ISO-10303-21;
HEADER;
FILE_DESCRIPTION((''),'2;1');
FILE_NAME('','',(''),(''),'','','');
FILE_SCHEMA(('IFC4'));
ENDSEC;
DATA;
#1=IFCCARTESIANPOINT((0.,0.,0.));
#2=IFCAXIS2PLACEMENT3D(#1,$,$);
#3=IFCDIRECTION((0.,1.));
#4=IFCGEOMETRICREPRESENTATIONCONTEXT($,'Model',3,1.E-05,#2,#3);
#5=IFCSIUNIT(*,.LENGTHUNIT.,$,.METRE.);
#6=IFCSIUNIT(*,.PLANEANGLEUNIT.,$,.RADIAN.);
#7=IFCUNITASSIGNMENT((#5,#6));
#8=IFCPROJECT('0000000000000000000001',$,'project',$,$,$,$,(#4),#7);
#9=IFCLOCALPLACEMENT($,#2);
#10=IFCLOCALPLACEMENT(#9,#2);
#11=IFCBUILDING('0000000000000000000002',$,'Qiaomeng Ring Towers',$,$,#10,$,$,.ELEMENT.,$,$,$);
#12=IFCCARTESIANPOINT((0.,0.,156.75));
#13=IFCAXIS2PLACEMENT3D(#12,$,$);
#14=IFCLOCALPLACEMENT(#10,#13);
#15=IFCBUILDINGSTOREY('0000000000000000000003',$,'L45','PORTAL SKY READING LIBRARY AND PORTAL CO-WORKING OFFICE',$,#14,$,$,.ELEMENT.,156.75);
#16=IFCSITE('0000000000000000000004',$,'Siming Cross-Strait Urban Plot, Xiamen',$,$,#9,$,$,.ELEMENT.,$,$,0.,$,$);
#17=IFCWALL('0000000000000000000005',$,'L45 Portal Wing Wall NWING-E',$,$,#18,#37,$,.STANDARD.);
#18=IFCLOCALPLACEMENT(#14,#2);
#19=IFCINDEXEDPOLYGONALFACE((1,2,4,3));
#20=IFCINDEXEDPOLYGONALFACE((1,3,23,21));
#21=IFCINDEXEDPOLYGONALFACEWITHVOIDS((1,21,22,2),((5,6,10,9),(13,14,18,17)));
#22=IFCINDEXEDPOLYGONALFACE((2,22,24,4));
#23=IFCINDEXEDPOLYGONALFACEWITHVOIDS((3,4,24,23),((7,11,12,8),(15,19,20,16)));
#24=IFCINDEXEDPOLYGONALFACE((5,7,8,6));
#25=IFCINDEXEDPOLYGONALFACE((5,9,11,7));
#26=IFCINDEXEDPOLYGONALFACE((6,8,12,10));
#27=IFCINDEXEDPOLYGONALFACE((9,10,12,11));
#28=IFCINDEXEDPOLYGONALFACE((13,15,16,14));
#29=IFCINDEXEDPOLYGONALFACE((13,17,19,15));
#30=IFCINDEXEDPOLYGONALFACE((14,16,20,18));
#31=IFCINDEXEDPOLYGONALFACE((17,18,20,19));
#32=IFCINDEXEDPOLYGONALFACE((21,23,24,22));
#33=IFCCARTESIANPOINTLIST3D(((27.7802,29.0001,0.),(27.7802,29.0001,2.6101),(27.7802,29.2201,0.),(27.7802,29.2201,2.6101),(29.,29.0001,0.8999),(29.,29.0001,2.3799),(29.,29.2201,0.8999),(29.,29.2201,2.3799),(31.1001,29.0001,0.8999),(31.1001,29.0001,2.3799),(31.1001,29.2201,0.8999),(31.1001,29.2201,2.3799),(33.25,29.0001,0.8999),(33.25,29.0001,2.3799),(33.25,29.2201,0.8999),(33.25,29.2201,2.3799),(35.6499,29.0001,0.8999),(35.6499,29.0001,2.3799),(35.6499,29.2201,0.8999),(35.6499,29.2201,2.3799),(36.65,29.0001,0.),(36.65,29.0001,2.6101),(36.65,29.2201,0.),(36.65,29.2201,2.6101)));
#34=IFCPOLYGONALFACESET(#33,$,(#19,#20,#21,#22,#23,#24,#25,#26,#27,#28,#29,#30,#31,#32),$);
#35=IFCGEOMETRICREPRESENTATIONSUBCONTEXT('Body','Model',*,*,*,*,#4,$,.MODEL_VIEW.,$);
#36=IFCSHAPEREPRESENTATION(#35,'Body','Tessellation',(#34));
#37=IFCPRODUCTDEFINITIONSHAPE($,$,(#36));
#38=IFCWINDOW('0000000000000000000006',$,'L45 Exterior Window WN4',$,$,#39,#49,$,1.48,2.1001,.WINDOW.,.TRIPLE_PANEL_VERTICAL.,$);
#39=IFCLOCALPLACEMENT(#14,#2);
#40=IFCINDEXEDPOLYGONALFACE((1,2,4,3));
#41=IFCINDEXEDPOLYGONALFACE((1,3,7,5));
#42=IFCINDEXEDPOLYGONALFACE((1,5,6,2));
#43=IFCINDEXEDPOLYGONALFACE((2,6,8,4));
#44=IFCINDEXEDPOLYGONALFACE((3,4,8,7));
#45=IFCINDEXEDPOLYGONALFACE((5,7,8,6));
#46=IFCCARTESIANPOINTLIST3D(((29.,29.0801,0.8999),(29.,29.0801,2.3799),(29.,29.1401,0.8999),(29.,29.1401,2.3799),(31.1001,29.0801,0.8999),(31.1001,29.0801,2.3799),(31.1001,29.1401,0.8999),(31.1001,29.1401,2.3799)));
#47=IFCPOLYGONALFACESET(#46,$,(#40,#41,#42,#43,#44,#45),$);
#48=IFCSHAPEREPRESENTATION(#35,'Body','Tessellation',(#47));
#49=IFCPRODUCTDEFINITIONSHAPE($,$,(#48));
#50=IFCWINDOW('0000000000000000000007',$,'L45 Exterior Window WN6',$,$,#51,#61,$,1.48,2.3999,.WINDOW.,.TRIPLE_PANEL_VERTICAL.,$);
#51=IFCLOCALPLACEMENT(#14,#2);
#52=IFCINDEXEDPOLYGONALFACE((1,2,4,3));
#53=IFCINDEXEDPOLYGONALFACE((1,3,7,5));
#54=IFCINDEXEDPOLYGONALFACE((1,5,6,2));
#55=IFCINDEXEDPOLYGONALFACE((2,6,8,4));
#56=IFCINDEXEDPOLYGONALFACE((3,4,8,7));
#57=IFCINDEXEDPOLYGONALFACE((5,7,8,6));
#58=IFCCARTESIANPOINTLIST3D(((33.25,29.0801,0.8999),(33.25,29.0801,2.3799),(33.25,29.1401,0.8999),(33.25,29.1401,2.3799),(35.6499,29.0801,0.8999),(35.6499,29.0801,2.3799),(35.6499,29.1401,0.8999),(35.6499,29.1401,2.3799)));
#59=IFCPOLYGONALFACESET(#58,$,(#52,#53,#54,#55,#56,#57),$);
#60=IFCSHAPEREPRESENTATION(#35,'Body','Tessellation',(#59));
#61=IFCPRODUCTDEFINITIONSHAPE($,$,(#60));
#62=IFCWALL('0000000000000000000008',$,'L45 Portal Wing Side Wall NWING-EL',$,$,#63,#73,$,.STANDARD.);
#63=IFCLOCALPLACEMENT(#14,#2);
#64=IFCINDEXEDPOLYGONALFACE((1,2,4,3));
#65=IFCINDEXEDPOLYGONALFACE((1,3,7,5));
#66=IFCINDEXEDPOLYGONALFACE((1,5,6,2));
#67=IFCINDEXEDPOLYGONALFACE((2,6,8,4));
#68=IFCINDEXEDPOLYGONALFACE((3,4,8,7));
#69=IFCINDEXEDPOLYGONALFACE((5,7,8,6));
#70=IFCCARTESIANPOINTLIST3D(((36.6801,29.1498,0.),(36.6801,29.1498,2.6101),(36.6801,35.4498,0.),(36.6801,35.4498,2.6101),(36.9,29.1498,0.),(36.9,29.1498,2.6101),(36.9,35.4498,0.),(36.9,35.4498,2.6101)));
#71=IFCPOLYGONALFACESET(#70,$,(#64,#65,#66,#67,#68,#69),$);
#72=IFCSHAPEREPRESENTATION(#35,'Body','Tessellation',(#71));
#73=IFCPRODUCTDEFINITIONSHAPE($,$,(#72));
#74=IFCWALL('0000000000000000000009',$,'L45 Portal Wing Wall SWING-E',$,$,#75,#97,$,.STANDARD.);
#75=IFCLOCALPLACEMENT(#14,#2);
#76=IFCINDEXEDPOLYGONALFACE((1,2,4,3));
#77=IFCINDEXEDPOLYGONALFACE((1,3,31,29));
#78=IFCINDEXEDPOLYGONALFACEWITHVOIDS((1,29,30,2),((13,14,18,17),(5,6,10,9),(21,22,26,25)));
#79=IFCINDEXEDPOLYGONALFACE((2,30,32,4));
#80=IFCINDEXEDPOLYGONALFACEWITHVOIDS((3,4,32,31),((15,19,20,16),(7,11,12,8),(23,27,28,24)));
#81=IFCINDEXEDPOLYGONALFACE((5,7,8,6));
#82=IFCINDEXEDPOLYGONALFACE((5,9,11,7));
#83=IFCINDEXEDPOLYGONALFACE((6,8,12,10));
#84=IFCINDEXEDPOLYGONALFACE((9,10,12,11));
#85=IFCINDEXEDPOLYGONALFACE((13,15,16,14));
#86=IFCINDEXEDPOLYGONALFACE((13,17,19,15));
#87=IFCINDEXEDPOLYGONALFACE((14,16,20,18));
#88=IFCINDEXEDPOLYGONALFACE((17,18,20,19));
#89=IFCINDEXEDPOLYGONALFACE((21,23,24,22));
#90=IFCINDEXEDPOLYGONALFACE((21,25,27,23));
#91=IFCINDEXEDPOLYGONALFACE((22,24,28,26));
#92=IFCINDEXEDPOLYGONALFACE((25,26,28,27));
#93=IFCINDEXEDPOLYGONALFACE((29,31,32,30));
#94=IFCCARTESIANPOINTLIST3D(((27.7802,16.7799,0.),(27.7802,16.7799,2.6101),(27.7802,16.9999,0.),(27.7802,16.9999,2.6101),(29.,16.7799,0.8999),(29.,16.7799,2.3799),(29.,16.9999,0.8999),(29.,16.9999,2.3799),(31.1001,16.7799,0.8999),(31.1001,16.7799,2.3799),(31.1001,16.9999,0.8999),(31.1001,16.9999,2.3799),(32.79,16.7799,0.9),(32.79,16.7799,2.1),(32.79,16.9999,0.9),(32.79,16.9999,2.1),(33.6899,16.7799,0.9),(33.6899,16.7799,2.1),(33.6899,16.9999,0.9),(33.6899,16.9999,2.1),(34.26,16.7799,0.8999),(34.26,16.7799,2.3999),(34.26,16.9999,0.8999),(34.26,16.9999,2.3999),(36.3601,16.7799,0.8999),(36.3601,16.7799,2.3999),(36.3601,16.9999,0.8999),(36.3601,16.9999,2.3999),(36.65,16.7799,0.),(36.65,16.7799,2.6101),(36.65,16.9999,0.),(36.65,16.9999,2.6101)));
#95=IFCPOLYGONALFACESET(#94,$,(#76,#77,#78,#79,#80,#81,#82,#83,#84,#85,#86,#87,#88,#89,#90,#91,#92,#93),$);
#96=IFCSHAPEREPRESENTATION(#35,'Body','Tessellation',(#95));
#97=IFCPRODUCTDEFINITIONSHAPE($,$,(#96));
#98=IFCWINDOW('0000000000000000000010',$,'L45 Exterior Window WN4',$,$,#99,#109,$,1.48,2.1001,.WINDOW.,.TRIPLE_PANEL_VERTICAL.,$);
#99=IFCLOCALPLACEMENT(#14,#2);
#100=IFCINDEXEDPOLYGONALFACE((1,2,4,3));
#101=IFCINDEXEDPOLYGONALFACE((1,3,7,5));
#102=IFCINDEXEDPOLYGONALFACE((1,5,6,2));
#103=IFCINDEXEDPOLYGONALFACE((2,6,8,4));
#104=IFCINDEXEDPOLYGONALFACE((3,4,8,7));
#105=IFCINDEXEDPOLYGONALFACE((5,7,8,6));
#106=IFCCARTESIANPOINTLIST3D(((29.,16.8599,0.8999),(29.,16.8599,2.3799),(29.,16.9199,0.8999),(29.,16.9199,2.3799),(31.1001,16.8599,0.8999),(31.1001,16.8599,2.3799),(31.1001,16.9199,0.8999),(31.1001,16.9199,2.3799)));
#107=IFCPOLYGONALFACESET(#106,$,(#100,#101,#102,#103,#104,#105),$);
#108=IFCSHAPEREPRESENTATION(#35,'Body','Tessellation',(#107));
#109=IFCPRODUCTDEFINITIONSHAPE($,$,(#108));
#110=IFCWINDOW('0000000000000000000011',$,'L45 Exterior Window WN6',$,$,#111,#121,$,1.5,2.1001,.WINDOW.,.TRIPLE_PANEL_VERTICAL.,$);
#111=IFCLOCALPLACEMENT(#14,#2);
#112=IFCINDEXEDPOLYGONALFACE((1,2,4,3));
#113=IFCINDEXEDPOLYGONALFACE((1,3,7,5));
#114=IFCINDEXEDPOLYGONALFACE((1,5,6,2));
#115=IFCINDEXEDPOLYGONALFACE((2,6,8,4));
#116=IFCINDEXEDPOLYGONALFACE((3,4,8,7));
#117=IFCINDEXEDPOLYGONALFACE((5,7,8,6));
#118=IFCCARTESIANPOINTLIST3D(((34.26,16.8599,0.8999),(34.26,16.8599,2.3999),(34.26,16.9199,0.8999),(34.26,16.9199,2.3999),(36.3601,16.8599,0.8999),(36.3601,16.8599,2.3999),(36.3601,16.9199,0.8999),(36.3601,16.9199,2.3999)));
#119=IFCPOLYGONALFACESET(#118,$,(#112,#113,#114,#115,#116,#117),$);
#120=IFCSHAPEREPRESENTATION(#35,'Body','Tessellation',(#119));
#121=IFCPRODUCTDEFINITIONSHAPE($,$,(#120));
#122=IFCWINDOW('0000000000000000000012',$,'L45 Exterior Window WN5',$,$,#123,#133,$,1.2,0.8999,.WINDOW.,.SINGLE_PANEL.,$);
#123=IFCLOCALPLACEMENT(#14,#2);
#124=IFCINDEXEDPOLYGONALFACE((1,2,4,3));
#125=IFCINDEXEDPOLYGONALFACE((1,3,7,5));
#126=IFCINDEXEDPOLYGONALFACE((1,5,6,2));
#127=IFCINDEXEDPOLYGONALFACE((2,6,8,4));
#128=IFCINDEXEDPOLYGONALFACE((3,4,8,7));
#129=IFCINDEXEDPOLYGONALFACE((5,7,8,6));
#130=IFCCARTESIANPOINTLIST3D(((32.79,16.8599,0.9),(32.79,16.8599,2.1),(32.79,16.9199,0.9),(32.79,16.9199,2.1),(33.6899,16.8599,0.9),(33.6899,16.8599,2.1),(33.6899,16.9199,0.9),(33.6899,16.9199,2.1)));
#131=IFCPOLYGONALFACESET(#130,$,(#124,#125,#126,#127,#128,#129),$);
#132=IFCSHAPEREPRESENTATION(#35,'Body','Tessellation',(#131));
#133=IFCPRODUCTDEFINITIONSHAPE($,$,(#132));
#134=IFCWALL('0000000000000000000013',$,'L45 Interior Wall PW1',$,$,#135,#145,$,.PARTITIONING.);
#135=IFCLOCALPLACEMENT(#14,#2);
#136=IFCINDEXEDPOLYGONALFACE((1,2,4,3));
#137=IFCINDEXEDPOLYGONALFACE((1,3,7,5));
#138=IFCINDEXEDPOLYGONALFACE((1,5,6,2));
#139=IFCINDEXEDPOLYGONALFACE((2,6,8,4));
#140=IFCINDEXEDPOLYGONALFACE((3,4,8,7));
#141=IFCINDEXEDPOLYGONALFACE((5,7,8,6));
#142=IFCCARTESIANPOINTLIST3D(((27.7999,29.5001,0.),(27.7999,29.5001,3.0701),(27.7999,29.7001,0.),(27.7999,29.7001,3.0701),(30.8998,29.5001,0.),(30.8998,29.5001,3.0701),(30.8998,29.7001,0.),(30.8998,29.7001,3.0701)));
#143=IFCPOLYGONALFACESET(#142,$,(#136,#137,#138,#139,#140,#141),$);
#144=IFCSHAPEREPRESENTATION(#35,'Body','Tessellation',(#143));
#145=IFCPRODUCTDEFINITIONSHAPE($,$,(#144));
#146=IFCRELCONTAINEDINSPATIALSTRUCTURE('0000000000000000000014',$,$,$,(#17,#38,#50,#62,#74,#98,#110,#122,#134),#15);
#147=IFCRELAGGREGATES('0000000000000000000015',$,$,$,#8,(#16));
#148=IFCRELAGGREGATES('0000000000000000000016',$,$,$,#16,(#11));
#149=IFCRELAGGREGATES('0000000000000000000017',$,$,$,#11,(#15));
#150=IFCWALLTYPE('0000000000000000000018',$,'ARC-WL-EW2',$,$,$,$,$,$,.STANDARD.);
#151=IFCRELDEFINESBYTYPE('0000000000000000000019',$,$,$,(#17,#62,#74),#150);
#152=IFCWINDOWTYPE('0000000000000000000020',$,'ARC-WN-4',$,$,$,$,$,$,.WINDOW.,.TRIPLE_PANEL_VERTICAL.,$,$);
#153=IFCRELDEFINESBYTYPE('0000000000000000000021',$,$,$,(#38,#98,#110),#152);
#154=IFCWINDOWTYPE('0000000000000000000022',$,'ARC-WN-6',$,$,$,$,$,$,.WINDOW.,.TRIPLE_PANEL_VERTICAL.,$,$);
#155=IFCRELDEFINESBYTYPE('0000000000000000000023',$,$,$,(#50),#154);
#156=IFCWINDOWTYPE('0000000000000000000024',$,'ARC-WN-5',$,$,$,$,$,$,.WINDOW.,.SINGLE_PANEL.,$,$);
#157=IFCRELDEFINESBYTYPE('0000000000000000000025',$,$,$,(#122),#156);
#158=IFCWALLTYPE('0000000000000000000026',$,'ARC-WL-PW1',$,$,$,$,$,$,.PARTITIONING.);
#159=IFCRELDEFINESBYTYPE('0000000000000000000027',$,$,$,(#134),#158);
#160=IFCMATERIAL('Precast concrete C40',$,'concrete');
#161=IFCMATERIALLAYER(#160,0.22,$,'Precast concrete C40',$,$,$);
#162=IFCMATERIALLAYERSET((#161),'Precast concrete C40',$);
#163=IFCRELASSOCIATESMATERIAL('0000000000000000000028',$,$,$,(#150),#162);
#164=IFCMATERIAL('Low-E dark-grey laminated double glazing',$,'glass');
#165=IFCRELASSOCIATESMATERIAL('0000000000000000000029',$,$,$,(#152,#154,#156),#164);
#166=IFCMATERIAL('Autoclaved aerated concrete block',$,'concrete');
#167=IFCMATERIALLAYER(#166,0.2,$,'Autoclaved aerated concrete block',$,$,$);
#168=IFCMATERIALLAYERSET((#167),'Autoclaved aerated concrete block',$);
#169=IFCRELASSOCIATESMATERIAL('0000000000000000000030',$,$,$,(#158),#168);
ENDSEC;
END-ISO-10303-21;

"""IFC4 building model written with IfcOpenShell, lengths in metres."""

from ifc_helpers import new_model, si_unit, direction, frame, frame_2d, origin, place, context, subcontext, project, spatial, rectangle, extrude, source, transform, mapped, material, layer, layer_set, type_object, element, fill, save


model = new_model("IFC4")

# Units and contexts
model_context = context("Model", 3, precision=1e-05, world=origin(), true_north=direction((0.0, 1.0)))
body_context = subcontext(model_context, "Body", "Model", "MODEL_VIEW")
ifc_project = project(units=[si_unit("LENGTHUNIT", "METRE"), si_unit("PLANEANGLEUNIT", "RADIAN")], contexts=[model_context])

# Site, building, storey
site_placement = place(None, origin())
site = spatial("IfcSite", under=ifc_project, at=site_placement, Name="Siming Cross-Strait Urban Plot, Xiamen", CompositionType="ELEMENT", RefElevation=0.0)
building_placement = place(site_placement, origin())
building = spatial("IfcBuilding", under=site, at=building_placement, Name="Qiaomeng Ring Towers", CompositionType="ELEMENT")
storey_placement = place(building_placement, frame((0.0, 0.0, 156.75)))
storey = spatial("IfcBuildingStorey", under=building, at=storey_placement, Name="L45", Description="PORTAL SKY READING LIBRARY AND PORTAL CO-WORKING OFFICE", CompositionType="ELEMENT", Elevation=156.75)

# Wall, openings, windows
ifc_material_1 = material(Name="Precast concrete C40", Category="concrete")
ifc_layer_1 = layer(ifc_material_1, 0.22, Name="Precast concrete C40")
ifc_layer_set_1 = layer_set([ifc_layer_1], Name="Precast concrete C40")
wall_type_1 = type_object("IfcWallType", Name="ARC-WL-EW2", PredefinedType="STANDARD", material=ifc_layer_set_1)
wall_1_placement = place(storey_placement, frame((27.78, 29.1101, 0.0), z_axis=(0.0, 0.0, 1.0), x_axis=(1.0, 0.0, 0.0)))
wall_1 = element("IfcWall", 1, at=wall_1_placement, inside=storey, type_object=wall_type_1, Name="L45 Portal Wing Wall NWING-E", PredefinedType="STANDARD", context=body_context, shape_type="SweptSolid", body=[
    extrude(rectangle(XDim=8.8699, YDim=0.22, at=frame_2d((4.4351, 0.0))), origin(), (0.0, 0.0, 1.0), 2.6101),
])
opening_1_placement = place(wall_1_placement, frame((1.22, 0.0, 0.8999)))
opening_1 = element("IfcOpeningElement", 2, at=opening_1_placement, cuts=wall_1, PredefinedType="OPENING", context=body_context, shape_type="SweptSolid", body=[
    extrude(rectangle(XDim=2.1001, YDim=1.48, at=frame_2d((1.05, 0.74))), frame((0.0, 0.1199, 0.0), z_axis=(0.0, -1.0, 0.0), x_axis=(1.0, 0.0, 0.0)), (0.0, 0.0, 1.0), 0.24),
])
opening_2_placement = place(wall_1_placement, frame((5.47, 0.0, 0.8999)))
opening_2 = element("IfcOpeningElement", 3, at=opening_2_placement, cuts=wall_1, PredefinedType="OPENING", context=body_context, shape_type="SweptSolid", body=[
    extrude(rectangle(XDim=2.3999, YDim=1.48, at=frame_2d((1.2, 0.74))), frame((0.0, 0.1199, 0.0), z_axis=(0.0, -1.0, 0.0), x_axis=(1.0, 0.0, 0.0)), (0.0, 0.0, 1.0), 0.24),
])
ifc_material_2 = material(Name="Low-E dark-grey laminated double glazing", Category="glass")
window_type_1 = type_object("IfcWindowType", Name="ARC-WN-4", PartitioningType="TRIPLE_PANEL_VERTICAL", PredefinedType="WINDOW", material=ifc_material_2)
shared_shape_1 = source(origin(), body_context, "Body", "SweptSolid", [
    extrude(rectangle(XDim=2.1001, YDim=1.48, at=frame_2d((1.05, 0.74))), frame((0.0, 0.03, 0.0), z_axis=(0.0, -1.0, 0.0), x_axis=(1.0, 0.0, 0.0)), (0.0, 0.0, 1.0), 0.0601),
])
window_1_placement = place(opening_1_placement, origin())
window_1 = element("IfcWindow", 4, at=window_1_placement, inside=storey, type_object=window_type_1, Name="L45 Exterior Window WN4", OverallHeight=1.48, OverallWidth=2.1001, PartitioningType="TRIPLE_PANEL_VERTICAL", PredefinedType="WINDOW", context=body_context, shape_type="MappedRepresentation", body=[
    mapped(shared_shape_1, transform((0.0, 0.0, 0.0), x_axis=(1.0, 0.0, 0.0), y_axis=(0.0, 1.0, 0.0), z_axis=(0.0, 0.0, 1.0), scale=1.0)),
])
fill(opening_1, window_1)
window_type_2 = type_object("IfcWindowType", Name="ARC-WN-6", PartitioningType="TRIPLE_PANEL_VERTICAL", PredefinedType="WINDOW", material=ifc_material_2)
shared_shape_2 = source(origin(), body_context, "Body", "SweptSolid", [
    extrude(rectangle(XDim=2.3999, YDim=1.48, at=frame_2d((1.2, 0.74))), frame((0.0, 0.03, 0.0), z_axis=(0.0, -1.0, 0.0), x_axis=(1.0, 0.0, 0.0)), (0.0, 0.0, 1.0), 0.0601),
])
window_2_placement = place(opening_2_placement, origin())
window_2 = element("IfcWindow", 5, at=window_2_placement, inside=storey, type_object=window_type_2, Name="L45 Exterior Window WN6", OverallHeight=1.48, OverallWidth=2.3999, PartitioningType="TRIPLE_PANEL_VERTICAL", PredefinedType="WINDOW", context=body_context, shape_type="MappedRepresentation", body=[
    mapped(shared_shape_2, transform((0.0, 0.0, 0.0), x_axis=(1.0, 0.0, 0.0), y_axis=(0.0, 1.0, 0.0), z_axis=(0.0, 0.0, 1.0), scale=1.0)),
])
fill(opening_2, window_2)

# Wall
wall_2_placement = place(storey_placement, frame((36.79, 29.1499, 0.0), z_axis=(0.0, 0.0, 1.0), x_axis=(0.0, 1.0, 0.0)))
element("IfcWall", 6, at=wall_2_placement, inside=storey, type_object=wall_type_1, Name="L45 Portal Wing Side Wall NWING-EL", PredefinedType="STANDARD", context=body_context, shape_type="SweptSolid", body=[
    extrude(rectangle(XDim=6.3, YDim=0.22, at=frame_2d((3.1499, 0.0))), origin(), (0.0, 0.0, 1.0), 2.6101),
])

# Wall, openings, windows
wall_3_placement = place(storey_placement, frame((27.78, 16.8899, 0.0), z_axis=(0.0, 0.0, 1.0), x_axis=(1.0, 0.0, 0.0)))
wall_3 = element("IfcWall", 7, at=wall_3_placement, inside=storey, type_object=wall_type_1, Name="L45 Portal Wing Wall SWING-E", PredefinedType="STANDARD", context=body_context, shape_type="SweptSolid", body=[
    extrude(rectangle(XDim=8.8699, YDim=0.22, at=frame_2d((4.4351, 0.0))), origin(), (0.0, 0.0, 1.0), 2.6101),
])
opening_3_placement = place(wall_3_placement, frame((1.22, 0.0, 0.8999)))
opening_3 = element("IfcOpeningElement", 8, at=opening_3_placement, cuts=wall_3, PredefinedType="OPENING", context=body_context, shape_type="SweptSolid", body=[
    extrude(rectangle(XDim=2.1001, YDim=1.48, at=frame_2d((1.05, 0.74))), frame((0.0, 0.1199, 0.0), z_axis=(0.0, -1.0, 0.0), x_axis=(1.0, 0.0, 0.0)), (0.0, 0.0, 1.0), 0.24),
])
opening_4_placement = place(wall_3_placement, frame((6.48, 0.0, 0.8999)))
opening_4 = element("IfcOpeningElement", 9, at=opening_4_placement, cuts=wall_3, PredefinedType="OPENING", context=body_context, shape_type="SweptSolid", body=[
    extrude(rectangle(XDim=2.1001, YDim=1.5, at=frame_2d((1.05, 0.75))), frame((0.0, 0.1199, 0.0), z_axis=(0.0, -1.0, 0.0), x_axis=(1.0, 0.0, 0.0)), (0.0, 0.0, 1.0), 0.24),
])
opening_5_placement = place(wall_3_placement, frame((5.01, 0.0, 0.8999)))
opening_5 = element("IfcOpeningElement", 10, at=opening_5_placement, cuts=wall_3, PredefinedType="OPENING", context=body_context, shape_type="SweptSolid", body=[
    extrude(rectangle(XDim=0.8999, YDim=1.2, at=frame_2d((0.45, 0.6001))), frame((0.0, 0.1199, 0.0), z_axis=(0.0, -1.0, 0.0), x_axis=(1.0, 0.0, 0.0)), (0.0, 0.0, 1.0), 0.24),
])
window_3_placement = place(opening_3_placement, origin())
window_3 = element("IfcWindow", 11, at=window_3_placement, inside=storey, type_object=window_type_1, Name="L45 Exterior Window WN4", OverallHeight=1.48, OverallWidth=2.1001, PartitioningType="TRIPLE_PANEL_VERTICAL", PredefinedType="WINDOW", context=body_context, shape_type="MappedRepresentation", body=[
    mapped(shared_shape_1, transform((0.0, 0.0, 0.0), x_axis=(1.0, 0.0, 0.0), y_axis=(0.0, 1.0, 0.0), z_axis=(0.0, 0.0, 1.0), scale=1.0)),
])
fill(opening_3, window_3)
shared_shape_3 = source(origin(), body_context, "Body", "SweptSolid", [
    extrude(rectangle(XDim=2.1001, YDim=1.5, at=frame_2d((1.05, 0.75))), frame((0.0, 0.03, 0.0), z_axis=(0.0, -1.0, 0.0), x_axis=(1.0, 0.0, 0.0)), (0.0, 0.0, 1.0), 0.0601),
])
window_4_placement = place(opening_4_placement, origin())
window_4 = element("IfcWindow", 12, at=window_4_placement, inside=storey, type_object=window_type_1, Name="L45 Exterior Window WN6", OverallHeight=1.5, OverallWidth=2.1001, PartitioningType="TRIPLE_PANEL_VERTICAL", PredefinedType="WINDOW", context=body_context, shape_type="MappedRepresentation", body=[
    mapped(shared_shape_3, transform((0.0, 0.0, 0.0), x_axis=(1.0, 0.0, 0.0), y_axis=(0.0, 1.0, 0.0), z_axis=(0.0, 0.0, 1.0), scale=1.0)),
])
fill(opening_4, window_4)
window_type_3 = type_object("IfcWindowType", Name="ARC-WN-5", PartitioningType="SINGLE_PANEL", PredefinedType="WINDOW", material=ifc_material_2)
shared_shape_4 = source(origin(), body_context, "Body", "SweptSolid", [
    extrude(rectangle(XDim=0.8999, YDim=1.2, at=frame_2d((0.45, 0.6001))), frame((0.0, 0.03, 0.0), z_axis=(0.0, -1.0, 0.0), x_axis=(1.0, 0.0, 0.0)), (0.0, 0.0, 1.0), 0.0601),
])
window_5_placement = place(opening_5_placement, origin())
window_5 = element("IfcWindow", 13, at=window_5_placement, inside=storey, type_object=window_type_3, Name="L45 Exterior Window WN5", OverallHeight=1.2, OverallWidth=0.8999, PartitioningType="SINGLE_PANEL", PredefinedType="WINDOW", context=body_context, shape_type="MappedRepresentation", body=[
    mapped(shared_shape_4, transform((0.0, 0.0, 0.0), x_axis=(1.0, 0.0, 0.0), y_axis=(0.0, 1.0, 0.0), z_axis=(0.0, 0.0, 1.0), scale=1.0)),
])
fill(opening_5, window_5)

# Wall
ifc_material_3 = material(Name="Autoclaved aerated concrete block", Category="concrete")
ifc_layer_2 = layer(ifc_material_3, 0.2, Name="Autoclaved aerated concrete block")
ifc_layer_set_2 = layer_set([ifc_layer_2], Name="Autoclaved aerated concrete block")
wall_type_2 = type_object("IfcWallType", Name="ARC-WL-PW1", PredefinedType="PARTITIONING", material=ifc_layer_set_2)
wall_4_placement = place(storey_placement, frame((27.8, 29.6001, 0.0), z_axis=(0.0, 0.0, 1.0), x_axis=(1.0, 0.0, 0.0)))
element("IfcWall", 14, at=wall_4_placement, inside=storey, type_object=wall_type_2, Name="L45 Interior Wall PW1", PredefinedType="PARTITIONING", context=body_context, shape_type="SweptSolid", body=[
    extrude(rectangle(XDim=3.0999, YDim=0.2, at=frame_2d((1.5498, 0.0))), origin(), (0.0, 0.0, 1.0), 3.0701),
])

save(model, "model.ifc")
